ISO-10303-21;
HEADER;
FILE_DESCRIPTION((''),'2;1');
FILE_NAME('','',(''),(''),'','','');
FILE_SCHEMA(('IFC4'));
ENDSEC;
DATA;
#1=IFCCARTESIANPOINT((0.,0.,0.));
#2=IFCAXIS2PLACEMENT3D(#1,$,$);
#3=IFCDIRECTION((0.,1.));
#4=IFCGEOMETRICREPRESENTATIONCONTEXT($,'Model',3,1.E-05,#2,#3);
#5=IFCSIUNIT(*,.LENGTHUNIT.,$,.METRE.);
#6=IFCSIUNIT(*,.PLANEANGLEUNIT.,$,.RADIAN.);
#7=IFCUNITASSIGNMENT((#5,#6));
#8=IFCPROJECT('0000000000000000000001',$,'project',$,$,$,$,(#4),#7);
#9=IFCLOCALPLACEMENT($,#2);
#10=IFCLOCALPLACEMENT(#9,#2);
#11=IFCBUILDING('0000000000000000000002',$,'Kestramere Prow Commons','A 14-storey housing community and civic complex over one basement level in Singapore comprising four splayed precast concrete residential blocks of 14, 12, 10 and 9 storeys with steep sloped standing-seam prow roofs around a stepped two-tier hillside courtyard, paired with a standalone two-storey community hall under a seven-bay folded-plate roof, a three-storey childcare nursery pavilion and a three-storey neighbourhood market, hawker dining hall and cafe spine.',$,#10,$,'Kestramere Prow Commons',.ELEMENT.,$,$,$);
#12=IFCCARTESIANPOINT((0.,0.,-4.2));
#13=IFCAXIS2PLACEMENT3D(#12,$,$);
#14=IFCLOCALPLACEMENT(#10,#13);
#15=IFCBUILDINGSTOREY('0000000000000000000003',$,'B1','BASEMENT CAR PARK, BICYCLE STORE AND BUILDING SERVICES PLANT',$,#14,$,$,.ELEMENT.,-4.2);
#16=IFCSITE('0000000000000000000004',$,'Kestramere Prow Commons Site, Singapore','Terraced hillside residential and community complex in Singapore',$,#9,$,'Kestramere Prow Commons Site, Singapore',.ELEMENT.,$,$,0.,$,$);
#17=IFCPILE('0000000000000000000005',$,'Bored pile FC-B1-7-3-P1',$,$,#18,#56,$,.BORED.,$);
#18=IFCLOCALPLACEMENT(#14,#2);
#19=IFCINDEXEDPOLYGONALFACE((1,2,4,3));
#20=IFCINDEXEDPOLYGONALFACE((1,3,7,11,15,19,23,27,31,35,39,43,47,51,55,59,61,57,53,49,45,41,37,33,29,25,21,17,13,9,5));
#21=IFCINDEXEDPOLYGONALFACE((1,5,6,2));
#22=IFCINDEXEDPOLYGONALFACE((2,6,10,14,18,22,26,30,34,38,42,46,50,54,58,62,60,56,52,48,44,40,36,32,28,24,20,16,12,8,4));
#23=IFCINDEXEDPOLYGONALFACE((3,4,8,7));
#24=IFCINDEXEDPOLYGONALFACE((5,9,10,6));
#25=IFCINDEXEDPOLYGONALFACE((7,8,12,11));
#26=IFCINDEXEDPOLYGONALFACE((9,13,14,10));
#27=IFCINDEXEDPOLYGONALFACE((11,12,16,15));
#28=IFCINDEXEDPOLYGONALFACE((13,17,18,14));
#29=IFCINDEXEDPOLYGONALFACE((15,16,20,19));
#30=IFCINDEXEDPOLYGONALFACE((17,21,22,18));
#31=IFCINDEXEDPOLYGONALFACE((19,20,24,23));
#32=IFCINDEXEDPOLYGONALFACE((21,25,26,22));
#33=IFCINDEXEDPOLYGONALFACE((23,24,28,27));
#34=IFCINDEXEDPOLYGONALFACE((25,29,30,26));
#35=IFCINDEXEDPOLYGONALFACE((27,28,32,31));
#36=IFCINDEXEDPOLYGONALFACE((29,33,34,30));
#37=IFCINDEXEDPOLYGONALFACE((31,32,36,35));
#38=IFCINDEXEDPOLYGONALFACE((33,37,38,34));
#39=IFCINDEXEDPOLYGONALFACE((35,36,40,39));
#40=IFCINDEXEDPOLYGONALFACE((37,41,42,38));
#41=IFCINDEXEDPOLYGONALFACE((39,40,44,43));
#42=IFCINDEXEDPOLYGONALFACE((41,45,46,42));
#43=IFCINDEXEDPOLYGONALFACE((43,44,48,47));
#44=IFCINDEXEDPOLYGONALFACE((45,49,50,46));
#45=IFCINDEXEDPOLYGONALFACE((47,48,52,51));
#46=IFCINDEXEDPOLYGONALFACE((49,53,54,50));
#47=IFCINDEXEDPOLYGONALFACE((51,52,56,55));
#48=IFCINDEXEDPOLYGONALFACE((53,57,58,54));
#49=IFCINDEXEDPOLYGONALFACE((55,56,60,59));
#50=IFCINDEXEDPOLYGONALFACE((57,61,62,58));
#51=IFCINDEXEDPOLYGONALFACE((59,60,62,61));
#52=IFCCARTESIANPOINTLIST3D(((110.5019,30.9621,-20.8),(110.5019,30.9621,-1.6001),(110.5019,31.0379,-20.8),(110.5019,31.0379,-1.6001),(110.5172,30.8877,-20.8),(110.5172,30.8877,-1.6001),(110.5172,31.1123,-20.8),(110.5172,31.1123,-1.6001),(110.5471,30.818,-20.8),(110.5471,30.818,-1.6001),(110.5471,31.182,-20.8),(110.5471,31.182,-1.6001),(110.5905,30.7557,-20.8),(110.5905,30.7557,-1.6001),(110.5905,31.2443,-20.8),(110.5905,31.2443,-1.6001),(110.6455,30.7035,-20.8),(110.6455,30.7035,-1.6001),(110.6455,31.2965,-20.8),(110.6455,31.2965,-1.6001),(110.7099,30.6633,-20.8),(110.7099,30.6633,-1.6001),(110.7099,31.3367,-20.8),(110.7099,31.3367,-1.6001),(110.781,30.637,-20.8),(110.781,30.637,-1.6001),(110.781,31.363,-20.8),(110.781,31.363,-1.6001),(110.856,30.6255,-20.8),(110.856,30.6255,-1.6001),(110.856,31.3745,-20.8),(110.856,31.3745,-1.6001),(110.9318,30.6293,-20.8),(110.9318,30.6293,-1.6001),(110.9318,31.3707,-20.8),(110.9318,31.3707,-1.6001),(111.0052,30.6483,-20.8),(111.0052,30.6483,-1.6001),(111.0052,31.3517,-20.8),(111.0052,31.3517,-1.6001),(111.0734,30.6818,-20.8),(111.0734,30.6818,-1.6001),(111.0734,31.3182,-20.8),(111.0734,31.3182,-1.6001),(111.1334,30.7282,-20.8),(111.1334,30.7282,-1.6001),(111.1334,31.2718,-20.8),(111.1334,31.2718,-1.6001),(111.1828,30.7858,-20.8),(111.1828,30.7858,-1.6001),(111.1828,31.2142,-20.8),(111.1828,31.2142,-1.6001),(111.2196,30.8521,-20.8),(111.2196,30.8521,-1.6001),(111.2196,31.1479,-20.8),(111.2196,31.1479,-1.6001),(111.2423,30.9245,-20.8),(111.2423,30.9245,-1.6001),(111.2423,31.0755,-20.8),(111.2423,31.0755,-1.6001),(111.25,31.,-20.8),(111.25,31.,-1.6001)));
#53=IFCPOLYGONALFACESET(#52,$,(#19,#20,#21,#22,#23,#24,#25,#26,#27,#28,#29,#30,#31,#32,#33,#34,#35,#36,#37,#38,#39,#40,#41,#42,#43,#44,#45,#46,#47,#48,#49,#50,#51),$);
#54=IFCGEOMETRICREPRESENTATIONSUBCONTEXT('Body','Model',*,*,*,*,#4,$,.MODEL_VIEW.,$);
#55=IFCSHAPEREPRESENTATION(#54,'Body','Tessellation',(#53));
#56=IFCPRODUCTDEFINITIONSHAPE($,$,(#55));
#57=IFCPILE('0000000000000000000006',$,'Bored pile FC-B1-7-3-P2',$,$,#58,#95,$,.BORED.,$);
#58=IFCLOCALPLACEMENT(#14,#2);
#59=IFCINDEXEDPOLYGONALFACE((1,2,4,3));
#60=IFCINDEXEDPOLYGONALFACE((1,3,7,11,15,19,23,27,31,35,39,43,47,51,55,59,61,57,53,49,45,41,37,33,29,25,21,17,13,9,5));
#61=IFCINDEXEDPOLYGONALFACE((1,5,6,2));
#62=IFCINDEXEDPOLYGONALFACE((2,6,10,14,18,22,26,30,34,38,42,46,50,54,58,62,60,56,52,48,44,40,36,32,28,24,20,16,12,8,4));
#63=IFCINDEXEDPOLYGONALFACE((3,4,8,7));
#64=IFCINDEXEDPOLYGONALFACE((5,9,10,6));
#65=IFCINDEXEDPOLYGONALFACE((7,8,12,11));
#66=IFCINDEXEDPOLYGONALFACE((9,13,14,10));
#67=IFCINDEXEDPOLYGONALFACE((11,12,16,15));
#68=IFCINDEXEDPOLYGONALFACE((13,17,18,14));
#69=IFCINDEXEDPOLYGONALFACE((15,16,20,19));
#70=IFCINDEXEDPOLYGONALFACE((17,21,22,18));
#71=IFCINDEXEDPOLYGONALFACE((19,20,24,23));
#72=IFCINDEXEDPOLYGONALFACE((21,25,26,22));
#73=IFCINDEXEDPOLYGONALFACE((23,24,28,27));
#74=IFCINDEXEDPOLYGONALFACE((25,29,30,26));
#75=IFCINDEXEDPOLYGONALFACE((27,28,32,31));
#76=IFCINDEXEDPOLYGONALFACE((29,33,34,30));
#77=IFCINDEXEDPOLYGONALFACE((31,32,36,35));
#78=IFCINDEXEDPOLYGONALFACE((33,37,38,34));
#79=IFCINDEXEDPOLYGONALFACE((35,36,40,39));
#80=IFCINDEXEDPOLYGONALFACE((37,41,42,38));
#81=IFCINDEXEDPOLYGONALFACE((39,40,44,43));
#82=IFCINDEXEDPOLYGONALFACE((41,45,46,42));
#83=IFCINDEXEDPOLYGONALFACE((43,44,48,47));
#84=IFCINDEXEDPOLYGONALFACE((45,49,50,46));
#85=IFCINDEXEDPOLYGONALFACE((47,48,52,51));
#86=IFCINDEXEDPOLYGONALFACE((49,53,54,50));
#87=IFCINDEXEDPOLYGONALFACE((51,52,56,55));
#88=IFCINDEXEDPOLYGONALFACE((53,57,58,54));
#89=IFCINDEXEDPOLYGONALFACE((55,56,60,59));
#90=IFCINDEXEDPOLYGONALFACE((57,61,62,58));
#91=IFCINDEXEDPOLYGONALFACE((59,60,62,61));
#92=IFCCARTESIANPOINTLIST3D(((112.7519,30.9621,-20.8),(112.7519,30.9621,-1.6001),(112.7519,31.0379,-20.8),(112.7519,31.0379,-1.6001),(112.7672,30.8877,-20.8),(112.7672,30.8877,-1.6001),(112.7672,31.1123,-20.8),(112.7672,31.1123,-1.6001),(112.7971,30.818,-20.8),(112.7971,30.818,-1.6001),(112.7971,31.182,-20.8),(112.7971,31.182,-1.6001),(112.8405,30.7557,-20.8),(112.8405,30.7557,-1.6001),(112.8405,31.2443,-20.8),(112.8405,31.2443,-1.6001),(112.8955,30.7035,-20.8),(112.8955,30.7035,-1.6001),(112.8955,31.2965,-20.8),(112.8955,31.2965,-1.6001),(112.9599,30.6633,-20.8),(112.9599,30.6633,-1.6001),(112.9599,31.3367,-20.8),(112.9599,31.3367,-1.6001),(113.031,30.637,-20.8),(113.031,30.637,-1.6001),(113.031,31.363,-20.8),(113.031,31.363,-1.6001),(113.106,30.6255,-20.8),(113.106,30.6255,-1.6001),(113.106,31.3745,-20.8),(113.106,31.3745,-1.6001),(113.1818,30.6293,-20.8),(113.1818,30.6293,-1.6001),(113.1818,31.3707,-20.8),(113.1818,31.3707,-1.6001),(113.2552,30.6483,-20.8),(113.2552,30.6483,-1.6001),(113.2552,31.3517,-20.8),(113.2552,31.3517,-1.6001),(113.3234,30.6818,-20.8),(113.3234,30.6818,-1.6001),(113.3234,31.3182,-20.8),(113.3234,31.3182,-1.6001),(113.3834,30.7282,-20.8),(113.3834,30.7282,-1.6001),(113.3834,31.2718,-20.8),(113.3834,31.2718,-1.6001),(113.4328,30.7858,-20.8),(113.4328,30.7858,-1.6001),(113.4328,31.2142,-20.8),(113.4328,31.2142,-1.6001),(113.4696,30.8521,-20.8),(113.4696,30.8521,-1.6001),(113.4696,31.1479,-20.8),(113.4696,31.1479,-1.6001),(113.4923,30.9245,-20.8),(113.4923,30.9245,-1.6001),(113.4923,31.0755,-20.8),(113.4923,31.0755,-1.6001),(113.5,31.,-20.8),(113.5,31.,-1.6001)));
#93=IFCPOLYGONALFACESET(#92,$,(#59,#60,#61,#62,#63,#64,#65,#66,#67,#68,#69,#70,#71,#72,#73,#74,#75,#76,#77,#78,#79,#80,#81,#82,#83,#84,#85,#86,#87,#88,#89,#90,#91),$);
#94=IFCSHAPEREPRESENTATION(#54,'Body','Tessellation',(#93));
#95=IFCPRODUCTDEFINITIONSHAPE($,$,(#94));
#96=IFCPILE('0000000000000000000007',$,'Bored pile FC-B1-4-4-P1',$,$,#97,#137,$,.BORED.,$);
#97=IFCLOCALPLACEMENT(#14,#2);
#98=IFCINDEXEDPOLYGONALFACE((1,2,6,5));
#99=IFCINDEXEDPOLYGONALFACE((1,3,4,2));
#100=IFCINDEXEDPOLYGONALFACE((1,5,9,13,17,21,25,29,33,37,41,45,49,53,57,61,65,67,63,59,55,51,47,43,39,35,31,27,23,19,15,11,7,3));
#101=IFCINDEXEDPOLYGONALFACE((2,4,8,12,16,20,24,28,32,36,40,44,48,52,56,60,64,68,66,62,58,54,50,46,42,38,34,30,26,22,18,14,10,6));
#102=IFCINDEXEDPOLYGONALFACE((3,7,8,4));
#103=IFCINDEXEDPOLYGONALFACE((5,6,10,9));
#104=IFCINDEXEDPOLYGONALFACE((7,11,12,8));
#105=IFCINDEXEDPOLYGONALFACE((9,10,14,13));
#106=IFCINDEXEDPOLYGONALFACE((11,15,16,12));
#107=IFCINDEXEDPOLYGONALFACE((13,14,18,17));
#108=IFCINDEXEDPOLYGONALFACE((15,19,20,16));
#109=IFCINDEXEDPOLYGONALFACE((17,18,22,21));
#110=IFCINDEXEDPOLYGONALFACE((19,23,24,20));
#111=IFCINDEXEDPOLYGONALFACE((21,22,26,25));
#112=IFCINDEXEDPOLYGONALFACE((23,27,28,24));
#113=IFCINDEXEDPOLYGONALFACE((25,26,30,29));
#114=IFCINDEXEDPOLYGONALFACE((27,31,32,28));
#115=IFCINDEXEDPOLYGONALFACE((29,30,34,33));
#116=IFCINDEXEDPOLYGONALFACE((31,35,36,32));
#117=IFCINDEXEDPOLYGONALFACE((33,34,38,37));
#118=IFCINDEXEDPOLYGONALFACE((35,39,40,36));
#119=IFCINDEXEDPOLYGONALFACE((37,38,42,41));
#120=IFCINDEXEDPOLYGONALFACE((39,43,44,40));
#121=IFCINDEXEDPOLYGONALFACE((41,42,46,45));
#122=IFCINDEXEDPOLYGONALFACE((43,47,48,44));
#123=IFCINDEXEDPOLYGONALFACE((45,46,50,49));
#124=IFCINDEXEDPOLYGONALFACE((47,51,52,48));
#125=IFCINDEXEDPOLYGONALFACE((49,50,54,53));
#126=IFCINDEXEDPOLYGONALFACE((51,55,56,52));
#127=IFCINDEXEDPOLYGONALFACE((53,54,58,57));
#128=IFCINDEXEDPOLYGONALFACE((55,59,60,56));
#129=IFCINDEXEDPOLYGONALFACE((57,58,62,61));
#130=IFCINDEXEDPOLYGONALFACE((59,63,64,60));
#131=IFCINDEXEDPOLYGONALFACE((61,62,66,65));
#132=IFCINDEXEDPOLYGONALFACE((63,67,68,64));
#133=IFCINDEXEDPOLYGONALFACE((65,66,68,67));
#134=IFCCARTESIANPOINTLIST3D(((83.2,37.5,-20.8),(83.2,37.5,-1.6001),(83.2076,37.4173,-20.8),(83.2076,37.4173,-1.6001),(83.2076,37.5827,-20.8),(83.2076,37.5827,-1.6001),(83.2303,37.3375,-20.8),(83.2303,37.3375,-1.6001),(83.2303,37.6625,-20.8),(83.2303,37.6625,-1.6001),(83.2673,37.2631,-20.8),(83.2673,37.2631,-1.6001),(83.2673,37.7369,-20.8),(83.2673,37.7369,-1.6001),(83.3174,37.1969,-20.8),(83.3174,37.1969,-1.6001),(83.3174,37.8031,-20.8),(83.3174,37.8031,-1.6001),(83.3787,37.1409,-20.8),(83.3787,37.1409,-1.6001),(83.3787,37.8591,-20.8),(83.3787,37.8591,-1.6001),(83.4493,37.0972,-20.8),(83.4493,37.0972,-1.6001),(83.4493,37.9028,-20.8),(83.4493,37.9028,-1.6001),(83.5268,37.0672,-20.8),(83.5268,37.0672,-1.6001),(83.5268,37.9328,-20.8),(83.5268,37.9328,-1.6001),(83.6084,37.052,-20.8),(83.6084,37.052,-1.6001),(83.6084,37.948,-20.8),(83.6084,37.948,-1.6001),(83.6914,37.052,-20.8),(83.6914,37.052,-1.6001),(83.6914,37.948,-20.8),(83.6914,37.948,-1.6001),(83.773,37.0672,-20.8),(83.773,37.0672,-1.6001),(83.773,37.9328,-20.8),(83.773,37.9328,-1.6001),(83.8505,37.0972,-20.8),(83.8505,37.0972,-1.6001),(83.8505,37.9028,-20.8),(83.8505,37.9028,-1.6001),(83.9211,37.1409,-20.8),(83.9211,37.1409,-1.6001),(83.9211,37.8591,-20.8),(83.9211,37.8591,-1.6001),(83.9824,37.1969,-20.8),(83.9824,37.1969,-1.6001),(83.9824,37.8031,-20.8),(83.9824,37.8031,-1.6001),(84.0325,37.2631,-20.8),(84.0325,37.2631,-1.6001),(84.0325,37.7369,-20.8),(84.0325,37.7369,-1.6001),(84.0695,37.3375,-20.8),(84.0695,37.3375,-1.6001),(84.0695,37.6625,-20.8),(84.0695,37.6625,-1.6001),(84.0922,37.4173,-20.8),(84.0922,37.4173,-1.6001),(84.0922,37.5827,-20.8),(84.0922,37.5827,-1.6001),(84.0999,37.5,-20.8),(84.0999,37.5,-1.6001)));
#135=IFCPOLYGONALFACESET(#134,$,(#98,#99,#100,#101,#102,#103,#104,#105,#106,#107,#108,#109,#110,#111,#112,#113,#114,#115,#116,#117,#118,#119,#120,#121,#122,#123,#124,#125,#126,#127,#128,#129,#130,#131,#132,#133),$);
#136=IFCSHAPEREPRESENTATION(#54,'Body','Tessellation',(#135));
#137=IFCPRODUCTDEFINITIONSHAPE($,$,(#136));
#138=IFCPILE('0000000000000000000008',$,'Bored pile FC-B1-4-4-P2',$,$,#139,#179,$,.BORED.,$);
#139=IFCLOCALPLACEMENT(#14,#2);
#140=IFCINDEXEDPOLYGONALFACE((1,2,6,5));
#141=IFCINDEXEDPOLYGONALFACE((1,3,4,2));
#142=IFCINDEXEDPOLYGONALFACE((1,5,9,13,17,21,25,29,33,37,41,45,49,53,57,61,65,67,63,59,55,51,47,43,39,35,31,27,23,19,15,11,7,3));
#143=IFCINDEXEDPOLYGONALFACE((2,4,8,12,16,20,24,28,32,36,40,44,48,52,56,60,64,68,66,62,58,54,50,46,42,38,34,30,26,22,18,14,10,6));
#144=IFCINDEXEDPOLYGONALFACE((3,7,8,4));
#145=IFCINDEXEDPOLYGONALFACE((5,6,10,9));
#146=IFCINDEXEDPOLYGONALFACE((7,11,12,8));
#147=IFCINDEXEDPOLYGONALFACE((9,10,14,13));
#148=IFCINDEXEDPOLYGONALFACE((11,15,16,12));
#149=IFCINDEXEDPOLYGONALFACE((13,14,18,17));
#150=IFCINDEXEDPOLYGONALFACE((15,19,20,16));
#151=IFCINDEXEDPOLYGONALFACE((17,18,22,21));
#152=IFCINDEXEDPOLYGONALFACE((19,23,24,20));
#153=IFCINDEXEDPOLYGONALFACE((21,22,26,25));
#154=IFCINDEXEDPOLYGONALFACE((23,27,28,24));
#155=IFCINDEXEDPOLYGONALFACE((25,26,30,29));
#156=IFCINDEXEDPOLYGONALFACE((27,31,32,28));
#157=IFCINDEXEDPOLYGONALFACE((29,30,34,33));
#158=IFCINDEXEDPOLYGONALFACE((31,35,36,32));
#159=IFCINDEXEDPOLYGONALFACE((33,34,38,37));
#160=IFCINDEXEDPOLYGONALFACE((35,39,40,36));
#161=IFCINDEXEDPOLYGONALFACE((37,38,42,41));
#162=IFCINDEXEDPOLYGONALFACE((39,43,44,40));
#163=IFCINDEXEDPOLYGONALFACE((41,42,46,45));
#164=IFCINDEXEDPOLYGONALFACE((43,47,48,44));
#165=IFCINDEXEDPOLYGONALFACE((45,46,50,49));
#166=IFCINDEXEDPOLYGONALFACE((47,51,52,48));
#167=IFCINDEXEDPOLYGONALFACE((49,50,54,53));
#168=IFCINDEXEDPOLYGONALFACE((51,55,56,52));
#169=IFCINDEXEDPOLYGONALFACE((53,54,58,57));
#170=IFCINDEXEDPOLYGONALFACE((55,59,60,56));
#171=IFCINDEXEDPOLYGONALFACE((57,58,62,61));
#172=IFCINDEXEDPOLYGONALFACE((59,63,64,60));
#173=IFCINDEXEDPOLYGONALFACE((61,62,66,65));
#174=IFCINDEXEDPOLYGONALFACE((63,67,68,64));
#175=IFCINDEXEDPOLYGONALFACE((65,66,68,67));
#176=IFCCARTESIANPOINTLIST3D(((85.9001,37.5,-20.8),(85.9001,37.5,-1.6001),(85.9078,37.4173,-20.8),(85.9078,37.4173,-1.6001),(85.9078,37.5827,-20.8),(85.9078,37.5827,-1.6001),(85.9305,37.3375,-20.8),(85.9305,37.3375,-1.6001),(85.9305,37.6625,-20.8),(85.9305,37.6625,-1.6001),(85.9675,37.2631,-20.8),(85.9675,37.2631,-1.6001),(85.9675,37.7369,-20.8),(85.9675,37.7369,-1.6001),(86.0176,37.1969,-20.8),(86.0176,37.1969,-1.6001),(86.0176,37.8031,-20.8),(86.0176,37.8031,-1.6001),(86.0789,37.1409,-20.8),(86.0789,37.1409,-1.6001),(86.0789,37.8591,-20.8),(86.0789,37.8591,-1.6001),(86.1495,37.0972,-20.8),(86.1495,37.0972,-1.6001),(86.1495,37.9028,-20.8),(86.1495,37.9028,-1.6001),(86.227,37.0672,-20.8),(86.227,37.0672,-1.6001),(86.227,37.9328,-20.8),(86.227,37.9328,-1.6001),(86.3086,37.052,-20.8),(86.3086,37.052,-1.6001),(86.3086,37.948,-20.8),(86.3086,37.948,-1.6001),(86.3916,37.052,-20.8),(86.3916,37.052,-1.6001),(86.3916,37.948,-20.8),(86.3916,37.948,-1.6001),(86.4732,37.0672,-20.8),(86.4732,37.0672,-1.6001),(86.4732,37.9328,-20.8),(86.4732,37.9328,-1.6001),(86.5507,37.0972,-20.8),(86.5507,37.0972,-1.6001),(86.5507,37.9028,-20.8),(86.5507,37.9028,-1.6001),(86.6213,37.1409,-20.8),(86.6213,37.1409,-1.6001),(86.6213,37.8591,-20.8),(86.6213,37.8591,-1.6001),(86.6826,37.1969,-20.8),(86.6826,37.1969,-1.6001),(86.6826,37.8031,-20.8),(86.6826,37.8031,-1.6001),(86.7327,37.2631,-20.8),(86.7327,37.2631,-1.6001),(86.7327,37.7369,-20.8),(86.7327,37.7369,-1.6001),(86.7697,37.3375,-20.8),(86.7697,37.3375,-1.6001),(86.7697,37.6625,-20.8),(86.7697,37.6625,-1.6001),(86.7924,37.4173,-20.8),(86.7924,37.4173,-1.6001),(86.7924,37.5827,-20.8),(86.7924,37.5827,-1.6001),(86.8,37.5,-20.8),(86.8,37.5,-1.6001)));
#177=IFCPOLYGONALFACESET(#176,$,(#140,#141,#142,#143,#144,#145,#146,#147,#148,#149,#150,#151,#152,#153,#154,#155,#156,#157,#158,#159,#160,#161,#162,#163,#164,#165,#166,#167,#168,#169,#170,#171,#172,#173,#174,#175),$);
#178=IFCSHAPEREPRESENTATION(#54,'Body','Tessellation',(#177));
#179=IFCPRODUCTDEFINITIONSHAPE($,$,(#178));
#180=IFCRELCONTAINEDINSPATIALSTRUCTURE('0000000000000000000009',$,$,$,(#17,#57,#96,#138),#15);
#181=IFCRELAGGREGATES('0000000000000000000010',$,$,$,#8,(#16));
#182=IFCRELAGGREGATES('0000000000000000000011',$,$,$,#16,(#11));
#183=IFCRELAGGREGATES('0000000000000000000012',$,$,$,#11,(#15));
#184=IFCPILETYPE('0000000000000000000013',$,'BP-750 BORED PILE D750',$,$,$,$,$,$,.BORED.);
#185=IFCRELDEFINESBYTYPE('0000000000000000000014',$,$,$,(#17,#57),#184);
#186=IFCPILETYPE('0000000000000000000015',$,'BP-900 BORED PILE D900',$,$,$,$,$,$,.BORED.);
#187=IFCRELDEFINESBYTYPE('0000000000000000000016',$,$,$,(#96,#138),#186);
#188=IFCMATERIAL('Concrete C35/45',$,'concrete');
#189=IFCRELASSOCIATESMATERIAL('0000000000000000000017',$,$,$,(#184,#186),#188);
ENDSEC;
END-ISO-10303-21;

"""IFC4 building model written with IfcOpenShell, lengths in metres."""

from ifc_helpers import new_model, si_unit, direction, frame, origin, origin_2d, place, context, subcontext, project, spatial, circle, extrude, material, material_profile, profile_set, type_object, element, save


model = new_model("IFC4")

# Units and contexts
model_context = context("Model", 3, precision=1e-05, world=origin(), true_north=direction((0.0, 1.0)))
body_context = subcontext(model_context, "Body", "Model", "MODEL_VIEW")
ifc_project = project(units=[si_unit("LENGTHUNIT", "METRE"), si_unit("PLANEANGLEUNIT", "RADIAN")], contexts=[model_context])

# Site, building, storey
site_placement = place(None, origin())
site = spatial("IfcSite", under=ifc_project, at=site_placement, Name="Kestramere Prow Commons Site, Singapore", Description="Terraced hillside residential and community complex in Singapore", LongName="Kestramere Prow Commons Site, Singapore", CompositionType="ELEMENT", RefElevation=0.0)
building_placement = place(site_placement, origin())
building = spatial("IfcBuilding", under=site, at=building_placement, Name="Kestramere Prow Commons", Description="A 14-storey housing community and civic complex over one basement level in Singapore comprising four splayed precast concrete residential blocks of 14, 12, 10 and 9 storeys with steep sloped standing-seam prow roofs around a stepped two-tier hillside courtyard, paired with a standalone two-storey community hall under a seven-bay folded-plate roof, a three-storey childcare nursery pavilion and a three-storey neighbourhood market, hawker dining hall and cafe spine.", LongName="Kestramere Prow Commons", CompositionType="ELEMENT")
storey_placement = place(building_placement, frame((0.0, 0.0, -4.2)))
storey = spatial("IfcBuildingStorey", under=building, at=storey_placement, Name="B1", Description="BASEMENT CAR PARK, BICYCLE STORE AND BUILDING SERVICES PLANT", CompositionType="ELEMENT", Elevation=-4.2)

# Piles
ifc_material_1 = material(Name="Concrete C35/45", Category="concrete")
ifc_material_profile_1 = material_profile(ifc_material_1, circle(Radius=0.375, at=origin_2d()), Name="BORED PILE D750")
ifc_profile_set_1 = profile_set([ifc_material_profile_1], Name="Concrete C35/45")
pile_type_1 = type_object("IfcPileType", Name="BP-750 BORED PILE D750", PredefinedType="BORED", material=ifc_profile_set_1)
for number, where, z_axis, x_axis, name in (
    (1, (110.875, 31.0, -1.6001), (0.0, 0.0, -1.0), (1.0, 0.0, 0.0), "Bored pile FC-B1-7-3-P1"),
    (2, (113.125, 31.0, -1.6001), (0.0, 0.0, -1.0), (1.0, 0.0, 0.0), "Bored pile FC-B1-7-3-P2"),
):
    element("IfcPile", number, at=place(storey_placement, frame(where, z_axis=z_axis, x_axis=x_axis)), inside=storey, type_object=pile_type_1, Name=name, PredefinedType="BORED", context=body_context, shape_type="SweptSolid", body=[
        extrude(circle(Radius=0.375, at=origin_2d()), origin(), (0.0, 0.0, 1.0), 19.2),
    ])
ifc_material_profile_2 = material_profile(ifc_material_1, circle(Radius=0.45, at=origin_2d()), Name="BORED PILE D900")
ifc_profile_set_2 = profile_set([ifc_material_profile_2], Name="Concrete C35/45")
pile_type_2 = type_object("IfcPileType", Name="BP-900 BORED PILE D900", PredefinedType="BORED", material=ifc_profile_set_2)
for number, where, z_axis, x_axis, name in (
    (3, (83.6499, 37.5, -1.6001), (0.0, 0.0, -1.0), (1.0, 0.0, 0.0), "Bored pile FC-B1-4-4-P1"),
    (4, (86.3501, 37.5, -1.6001), (0.0, 0.0, -1.0), (1.0, 0.0, 0.0), "Bored pile FC-B1-4-4-P2"),
):
    element("IfcPile", number, at=place(storey_placement, frame(where, z_axis=z_axis, x_axis=x_axis)), inside=storey, type_object=pile_type_2, Name=name, PredefinedType="BORED", context=body_context, shape_type="SweptSolid", body=[
        extrude(circle(Radius=0.45, at=origin_2d()), origin(), (0.0, 0.0, 1.0), 19.2),
    ])

save(model, "model.ifc")
